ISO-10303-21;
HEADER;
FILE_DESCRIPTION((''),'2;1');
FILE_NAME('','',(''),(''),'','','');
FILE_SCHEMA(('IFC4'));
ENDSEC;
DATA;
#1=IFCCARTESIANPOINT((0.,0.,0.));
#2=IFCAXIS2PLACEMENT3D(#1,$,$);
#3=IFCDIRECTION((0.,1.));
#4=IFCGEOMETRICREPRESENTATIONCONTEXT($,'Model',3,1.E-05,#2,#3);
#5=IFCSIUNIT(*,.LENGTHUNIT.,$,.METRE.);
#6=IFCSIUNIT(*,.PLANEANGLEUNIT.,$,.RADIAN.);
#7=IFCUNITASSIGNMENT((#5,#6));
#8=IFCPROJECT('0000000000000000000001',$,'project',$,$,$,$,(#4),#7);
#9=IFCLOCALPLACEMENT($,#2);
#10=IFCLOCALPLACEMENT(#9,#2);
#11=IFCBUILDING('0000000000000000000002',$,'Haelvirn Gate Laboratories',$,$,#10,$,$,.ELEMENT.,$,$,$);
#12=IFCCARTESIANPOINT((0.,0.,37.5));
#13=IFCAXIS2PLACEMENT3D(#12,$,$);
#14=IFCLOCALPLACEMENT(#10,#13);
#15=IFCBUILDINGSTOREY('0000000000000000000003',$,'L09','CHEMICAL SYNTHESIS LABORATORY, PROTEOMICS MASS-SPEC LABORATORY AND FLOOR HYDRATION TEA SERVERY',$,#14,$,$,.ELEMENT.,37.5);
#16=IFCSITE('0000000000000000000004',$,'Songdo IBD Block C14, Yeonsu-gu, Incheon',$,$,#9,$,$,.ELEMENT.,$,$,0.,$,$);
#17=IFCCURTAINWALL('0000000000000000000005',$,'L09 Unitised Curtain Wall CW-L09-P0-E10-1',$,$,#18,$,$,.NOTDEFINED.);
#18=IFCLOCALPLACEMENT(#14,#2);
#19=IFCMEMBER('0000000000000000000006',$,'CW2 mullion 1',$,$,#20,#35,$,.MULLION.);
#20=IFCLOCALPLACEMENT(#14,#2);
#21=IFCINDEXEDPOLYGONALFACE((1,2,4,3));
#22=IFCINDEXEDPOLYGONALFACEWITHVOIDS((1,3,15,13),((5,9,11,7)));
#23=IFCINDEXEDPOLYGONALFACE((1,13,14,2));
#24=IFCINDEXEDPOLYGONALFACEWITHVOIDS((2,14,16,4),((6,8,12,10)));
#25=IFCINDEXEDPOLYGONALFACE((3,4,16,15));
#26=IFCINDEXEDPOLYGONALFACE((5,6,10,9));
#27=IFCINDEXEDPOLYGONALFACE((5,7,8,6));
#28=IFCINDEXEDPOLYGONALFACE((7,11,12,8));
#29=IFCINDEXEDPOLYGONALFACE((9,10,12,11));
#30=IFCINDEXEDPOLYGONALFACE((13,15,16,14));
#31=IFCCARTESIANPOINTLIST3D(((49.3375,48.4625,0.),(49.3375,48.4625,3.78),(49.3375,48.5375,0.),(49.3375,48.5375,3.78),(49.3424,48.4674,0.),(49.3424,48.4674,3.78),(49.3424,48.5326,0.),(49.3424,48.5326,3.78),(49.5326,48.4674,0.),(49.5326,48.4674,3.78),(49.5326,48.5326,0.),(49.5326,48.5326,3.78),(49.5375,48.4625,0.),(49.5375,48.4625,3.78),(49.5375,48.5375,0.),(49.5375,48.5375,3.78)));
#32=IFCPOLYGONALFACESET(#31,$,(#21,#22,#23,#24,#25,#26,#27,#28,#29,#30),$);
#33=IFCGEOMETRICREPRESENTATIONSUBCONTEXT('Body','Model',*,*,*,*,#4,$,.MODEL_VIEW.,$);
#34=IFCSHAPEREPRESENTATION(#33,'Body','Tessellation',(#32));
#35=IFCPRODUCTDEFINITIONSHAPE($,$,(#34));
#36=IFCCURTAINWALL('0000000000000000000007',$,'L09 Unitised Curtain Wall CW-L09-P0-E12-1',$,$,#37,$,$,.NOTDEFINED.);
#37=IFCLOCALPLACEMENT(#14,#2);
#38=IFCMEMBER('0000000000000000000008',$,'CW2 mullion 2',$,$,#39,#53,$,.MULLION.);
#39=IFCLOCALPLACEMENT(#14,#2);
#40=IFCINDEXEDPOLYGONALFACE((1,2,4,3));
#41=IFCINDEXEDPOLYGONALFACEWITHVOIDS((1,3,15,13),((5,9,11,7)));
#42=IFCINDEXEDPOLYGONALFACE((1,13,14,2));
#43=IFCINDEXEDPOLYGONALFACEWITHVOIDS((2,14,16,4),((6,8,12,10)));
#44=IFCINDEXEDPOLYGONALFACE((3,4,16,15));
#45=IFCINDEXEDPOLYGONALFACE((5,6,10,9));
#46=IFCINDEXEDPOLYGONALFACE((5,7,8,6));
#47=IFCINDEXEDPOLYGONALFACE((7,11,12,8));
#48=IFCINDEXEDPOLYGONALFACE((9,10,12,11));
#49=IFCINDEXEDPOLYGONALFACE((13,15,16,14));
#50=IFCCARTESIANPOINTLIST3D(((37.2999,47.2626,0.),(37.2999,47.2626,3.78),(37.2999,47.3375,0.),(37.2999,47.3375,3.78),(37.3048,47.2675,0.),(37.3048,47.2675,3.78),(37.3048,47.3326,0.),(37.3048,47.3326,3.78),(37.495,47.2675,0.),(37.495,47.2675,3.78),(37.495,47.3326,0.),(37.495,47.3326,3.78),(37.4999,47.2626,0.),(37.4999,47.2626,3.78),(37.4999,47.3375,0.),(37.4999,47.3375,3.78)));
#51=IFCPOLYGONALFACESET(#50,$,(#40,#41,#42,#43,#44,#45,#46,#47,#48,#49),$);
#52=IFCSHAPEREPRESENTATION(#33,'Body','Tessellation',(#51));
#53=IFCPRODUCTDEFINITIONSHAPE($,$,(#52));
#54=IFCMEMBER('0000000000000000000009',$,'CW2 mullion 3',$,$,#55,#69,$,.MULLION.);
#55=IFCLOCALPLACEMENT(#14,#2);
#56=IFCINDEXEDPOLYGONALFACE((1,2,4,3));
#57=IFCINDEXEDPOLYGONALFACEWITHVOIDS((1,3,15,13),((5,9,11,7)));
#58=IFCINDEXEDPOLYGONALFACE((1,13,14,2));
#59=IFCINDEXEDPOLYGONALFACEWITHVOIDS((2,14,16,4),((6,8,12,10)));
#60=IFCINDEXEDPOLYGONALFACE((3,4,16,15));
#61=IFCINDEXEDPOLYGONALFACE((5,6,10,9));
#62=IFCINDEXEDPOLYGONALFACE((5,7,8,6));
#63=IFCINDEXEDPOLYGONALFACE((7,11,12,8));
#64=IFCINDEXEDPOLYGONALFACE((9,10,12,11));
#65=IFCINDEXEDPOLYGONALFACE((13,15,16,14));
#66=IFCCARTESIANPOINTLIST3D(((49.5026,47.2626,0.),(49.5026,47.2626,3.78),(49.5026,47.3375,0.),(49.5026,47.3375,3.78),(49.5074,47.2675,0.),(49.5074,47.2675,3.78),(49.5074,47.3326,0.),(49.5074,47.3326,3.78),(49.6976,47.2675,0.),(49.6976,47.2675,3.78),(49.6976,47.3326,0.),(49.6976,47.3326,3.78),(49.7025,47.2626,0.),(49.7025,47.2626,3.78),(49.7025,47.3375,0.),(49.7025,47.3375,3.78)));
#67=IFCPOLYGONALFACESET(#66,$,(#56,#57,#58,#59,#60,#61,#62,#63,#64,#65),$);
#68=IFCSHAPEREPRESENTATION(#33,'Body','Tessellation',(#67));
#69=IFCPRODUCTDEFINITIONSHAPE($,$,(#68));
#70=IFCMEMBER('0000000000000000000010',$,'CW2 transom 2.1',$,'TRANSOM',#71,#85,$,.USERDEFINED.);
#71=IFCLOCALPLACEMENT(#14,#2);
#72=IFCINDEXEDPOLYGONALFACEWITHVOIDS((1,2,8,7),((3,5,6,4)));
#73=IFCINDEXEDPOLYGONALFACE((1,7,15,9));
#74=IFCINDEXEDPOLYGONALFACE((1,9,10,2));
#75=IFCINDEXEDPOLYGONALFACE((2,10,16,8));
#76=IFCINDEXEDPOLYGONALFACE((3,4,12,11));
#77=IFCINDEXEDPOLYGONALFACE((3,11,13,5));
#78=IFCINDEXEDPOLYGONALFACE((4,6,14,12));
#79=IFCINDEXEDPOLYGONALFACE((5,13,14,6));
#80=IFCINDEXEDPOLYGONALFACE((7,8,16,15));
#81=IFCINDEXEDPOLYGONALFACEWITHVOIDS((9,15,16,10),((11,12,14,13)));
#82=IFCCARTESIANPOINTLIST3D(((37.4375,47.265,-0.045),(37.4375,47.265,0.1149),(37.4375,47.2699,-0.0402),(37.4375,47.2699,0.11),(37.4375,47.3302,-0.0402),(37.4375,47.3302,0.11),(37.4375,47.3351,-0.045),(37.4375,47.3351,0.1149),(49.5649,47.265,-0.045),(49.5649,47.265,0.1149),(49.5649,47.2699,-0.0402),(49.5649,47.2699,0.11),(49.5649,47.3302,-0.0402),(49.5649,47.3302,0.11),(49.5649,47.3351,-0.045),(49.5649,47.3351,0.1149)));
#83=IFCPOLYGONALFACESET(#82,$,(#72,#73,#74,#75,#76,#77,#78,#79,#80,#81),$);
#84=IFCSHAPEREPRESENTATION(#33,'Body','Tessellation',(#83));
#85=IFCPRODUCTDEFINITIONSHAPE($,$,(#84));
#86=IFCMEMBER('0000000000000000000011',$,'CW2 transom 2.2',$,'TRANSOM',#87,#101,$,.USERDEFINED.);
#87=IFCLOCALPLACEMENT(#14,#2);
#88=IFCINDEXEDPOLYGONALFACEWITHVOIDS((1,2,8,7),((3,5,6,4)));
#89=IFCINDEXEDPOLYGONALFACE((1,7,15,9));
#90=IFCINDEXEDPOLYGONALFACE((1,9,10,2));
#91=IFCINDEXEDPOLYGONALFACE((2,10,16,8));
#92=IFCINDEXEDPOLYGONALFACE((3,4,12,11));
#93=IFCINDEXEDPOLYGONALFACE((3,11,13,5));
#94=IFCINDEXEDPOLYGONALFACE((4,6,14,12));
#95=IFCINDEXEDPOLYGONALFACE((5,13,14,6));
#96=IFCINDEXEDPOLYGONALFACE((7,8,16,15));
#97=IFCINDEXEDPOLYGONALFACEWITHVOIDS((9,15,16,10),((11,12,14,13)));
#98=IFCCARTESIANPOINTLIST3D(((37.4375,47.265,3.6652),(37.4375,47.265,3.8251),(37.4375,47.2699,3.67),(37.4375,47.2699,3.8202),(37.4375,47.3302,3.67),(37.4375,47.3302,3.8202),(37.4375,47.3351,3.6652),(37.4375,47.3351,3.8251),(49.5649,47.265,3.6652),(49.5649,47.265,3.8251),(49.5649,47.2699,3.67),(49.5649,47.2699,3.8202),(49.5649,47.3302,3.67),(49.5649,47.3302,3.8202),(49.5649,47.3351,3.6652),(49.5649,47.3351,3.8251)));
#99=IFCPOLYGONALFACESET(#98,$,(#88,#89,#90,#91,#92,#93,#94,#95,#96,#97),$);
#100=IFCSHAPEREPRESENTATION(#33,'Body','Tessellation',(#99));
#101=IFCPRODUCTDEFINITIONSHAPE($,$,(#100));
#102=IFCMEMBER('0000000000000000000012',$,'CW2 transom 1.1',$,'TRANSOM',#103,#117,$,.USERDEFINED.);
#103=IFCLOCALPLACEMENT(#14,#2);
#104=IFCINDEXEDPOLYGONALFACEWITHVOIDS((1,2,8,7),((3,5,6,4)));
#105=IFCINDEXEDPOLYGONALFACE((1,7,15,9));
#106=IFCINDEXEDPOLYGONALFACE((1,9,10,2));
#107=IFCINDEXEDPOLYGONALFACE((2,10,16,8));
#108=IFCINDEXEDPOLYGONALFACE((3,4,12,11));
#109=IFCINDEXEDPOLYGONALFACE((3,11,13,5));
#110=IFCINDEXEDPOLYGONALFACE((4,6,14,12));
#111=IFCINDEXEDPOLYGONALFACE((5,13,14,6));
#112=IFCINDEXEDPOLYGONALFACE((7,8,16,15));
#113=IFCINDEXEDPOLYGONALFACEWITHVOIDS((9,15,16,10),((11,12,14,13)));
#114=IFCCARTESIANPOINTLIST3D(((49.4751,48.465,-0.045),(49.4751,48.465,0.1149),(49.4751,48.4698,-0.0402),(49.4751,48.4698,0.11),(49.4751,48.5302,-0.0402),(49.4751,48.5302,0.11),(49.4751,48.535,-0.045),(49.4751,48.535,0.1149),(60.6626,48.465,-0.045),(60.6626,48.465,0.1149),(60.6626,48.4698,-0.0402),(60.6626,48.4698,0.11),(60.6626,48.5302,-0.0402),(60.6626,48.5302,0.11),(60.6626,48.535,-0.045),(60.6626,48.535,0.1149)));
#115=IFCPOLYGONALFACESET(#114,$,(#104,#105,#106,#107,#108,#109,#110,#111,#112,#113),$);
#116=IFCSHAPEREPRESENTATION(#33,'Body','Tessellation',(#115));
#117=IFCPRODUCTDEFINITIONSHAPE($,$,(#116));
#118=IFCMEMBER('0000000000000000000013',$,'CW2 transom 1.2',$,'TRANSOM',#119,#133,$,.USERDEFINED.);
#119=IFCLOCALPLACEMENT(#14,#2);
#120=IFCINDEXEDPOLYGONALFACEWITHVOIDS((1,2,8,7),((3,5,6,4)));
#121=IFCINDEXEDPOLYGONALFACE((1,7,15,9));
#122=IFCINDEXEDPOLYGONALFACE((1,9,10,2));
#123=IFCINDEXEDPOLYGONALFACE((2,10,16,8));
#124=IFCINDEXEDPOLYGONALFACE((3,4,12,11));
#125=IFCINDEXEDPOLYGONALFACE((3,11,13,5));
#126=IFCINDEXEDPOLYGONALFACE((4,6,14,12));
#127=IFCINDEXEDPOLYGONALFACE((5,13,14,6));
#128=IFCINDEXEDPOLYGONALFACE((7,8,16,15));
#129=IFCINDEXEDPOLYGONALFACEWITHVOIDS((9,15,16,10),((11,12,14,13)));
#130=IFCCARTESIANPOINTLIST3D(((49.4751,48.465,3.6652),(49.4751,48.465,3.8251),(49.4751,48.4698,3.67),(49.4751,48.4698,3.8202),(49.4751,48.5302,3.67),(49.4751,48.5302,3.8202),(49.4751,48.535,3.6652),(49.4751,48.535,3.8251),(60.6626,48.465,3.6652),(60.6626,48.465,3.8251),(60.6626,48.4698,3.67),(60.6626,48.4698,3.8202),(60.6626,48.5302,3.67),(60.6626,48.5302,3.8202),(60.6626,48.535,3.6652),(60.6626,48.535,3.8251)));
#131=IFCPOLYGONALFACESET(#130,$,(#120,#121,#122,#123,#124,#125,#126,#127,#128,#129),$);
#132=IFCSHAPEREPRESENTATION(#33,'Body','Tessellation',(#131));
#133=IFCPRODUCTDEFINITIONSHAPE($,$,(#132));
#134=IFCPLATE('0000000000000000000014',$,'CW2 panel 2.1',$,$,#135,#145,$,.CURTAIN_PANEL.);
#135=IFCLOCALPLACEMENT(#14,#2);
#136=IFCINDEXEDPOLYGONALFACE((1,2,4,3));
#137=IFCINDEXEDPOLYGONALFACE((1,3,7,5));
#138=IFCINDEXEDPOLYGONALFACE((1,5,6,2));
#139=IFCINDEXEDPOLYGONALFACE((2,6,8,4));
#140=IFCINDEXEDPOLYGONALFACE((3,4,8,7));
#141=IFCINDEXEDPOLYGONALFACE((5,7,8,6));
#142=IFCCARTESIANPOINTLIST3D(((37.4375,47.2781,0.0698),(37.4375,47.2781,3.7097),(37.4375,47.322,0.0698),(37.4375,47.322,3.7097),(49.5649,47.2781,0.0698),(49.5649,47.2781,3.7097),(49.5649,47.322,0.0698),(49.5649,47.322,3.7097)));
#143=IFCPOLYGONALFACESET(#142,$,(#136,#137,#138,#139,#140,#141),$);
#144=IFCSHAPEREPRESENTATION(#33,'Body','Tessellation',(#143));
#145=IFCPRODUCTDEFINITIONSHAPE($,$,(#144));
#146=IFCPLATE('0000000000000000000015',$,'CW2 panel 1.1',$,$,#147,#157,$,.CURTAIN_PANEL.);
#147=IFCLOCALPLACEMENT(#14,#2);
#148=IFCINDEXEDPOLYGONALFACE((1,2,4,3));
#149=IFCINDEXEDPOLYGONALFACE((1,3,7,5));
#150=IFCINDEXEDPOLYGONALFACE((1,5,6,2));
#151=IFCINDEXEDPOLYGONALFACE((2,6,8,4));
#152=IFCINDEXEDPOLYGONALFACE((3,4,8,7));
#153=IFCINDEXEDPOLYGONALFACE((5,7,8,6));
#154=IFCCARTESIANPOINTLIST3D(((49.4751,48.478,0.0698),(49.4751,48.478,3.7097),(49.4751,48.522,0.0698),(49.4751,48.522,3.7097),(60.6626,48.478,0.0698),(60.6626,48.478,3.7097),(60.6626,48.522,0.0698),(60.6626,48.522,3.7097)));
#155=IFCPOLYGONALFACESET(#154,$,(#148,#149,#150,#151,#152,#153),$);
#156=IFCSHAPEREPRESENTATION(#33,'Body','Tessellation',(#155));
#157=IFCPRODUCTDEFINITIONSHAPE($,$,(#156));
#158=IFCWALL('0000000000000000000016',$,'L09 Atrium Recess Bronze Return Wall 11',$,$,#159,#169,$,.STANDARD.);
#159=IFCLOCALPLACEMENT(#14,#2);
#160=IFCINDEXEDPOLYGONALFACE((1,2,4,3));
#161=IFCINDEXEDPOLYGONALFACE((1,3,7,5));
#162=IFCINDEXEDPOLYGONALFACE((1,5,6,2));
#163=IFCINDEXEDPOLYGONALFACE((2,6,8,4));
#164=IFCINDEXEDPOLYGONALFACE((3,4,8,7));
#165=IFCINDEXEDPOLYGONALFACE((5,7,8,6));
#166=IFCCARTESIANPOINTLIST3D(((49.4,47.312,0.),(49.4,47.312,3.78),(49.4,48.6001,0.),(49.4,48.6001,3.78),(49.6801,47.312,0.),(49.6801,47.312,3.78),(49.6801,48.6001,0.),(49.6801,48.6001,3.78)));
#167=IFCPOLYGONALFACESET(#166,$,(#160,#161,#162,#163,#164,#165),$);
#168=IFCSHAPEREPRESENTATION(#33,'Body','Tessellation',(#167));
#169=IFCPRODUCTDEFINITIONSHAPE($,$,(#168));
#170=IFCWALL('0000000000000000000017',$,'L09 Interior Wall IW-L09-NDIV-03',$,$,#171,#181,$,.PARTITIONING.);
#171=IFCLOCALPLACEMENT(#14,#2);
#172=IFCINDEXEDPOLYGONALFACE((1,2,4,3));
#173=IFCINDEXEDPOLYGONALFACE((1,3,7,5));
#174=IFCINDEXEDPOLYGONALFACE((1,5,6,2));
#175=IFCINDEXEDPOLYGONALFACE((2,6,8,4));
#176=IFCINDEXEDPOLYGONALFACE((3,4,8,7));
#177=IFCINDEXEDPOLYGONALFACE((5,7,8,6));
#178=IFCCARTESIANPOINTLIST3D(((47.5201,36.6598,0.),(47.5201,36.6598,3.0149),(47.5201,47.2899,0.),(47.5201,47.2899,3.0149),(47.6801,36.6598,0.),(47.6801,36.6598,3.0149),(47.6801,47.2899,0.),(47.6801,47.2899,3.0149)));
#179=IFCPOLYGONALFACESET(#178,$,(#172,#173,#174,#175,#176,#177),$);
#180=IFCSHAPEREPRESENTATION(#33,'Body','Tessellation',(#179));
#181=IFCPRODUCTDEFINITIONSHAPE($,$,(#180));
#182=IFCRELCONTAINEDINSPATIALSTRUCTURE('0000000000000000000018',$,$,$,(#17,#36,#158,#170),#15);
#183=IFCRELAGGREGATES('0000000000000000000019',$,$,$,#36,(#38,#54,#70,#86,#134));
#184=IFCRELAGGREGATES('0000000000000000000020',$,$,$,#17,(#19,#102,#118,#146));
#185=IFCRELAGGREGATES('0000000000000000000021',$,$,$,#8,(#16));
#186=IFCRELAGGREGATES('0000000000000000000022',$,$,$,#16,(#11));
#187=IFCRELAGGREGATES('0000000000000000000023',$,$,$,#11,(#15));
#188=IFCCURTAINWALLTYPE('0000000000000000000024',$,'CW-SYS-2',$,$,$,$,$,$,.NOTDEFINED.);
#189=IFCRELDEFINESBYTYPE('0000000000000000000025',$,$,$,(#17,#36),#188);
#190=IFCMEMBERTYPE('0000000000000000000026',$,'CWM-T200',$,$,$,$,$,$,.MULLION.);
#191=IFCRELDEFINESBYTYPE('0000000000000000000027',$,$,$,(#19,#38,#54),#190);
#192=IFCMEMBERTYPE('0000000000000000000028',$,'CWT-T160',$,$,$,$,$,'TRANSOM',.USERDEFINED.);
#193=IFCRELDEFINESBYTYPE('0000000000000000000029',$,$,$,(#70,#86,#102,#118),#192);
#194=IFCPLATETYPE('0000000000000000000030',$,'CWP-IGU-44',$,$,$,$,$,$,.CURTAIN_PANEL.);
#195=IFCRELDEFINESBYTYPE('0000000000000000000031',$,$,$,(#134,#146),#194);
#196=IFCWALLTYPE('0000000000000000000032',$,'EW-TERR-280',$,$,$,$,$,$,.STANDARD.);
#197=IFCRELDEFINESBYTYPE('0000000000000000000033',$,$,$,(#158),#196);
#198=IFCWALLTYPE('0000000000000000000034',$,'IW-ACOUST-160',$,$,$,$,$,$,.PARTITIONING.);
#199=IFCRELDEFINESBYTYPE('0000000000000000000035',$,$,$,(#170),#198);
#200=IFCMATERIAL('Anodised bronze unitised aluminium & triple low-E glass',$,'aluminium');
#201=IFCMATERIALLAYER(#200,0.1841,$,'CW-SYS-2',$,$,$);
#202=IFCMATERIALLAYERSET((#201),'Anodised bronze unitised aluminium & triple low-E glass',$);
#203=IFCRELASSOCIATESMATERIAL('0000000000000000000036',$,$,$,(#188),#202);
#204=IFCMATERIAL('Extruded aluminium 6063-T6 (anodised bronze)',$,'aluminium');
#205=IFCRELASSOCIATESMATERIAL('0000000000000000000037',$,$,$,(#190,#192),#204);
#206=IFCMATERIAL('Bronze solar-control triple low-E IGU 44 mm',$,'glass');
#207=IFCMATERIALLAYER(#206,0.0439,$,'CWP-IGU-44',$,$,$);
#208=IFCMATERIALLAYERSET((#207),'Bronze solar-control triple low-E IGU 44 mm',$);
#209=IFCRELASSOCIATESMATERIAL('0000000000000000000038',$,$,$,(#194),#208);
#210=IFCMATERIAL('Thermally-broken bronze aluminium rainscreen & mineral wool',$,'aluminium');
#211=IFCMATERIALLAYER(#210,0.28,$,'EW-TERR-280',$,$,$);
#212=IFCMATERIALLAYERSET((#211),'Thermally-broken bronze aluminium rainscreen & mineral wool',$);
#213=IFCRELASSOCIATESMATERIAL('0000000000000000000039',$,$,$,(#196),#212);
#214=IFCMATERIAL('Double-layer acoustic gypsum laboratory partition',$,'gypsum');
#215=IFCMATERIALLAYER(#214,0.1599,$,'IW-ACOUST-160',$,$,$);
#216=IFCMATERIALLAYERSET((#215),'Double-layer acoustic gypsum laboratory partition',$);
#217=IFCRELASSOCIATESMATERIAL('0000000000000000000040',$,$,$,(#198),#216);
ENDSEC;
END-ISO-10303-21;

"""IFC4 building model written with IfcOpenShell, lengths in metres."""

from ifc_helpers import new_model, si_unit, direction, frame, frame_2d, origin, origin_2d, place, context, subcontext, project, spatial, rectangle, hollow_rectangle, extrude, source, transform, mapped, material, layer, layer_set, material_profile, profile_set, type_object, type_shapes, element, aggregate, save


model = new_model("IFC4")

# Units and contexts
model_context = context("Model", 3, precision=1e-05, world=origin(), true_north=direction((0.0, 1.0)))
body_context = subcontext(model_context, "Body", "Model", "MODEL_VIEW")
ifc_project = project(units=[si_unit("LENGTHUNIT", "METRE"), si_unit("PLANEANGLEUNIT", "RADIAN")], contexts=[model_context])

# Site, building, storey
site_placement = place(None, origin())
site = spatial("IfcSite", under=ifc_project, at=site_placement, Name="Songdo IBD Block C14, Yeonsu-gu, Incheon", CompositionType="ELEMENT", RefElevation=0.0)
building_placement = place(site_placement, origin())
building = spatial("IfcBuilding", under=site, at=building_placement, Name="Haelvirn Gate Laboratories", CompositionType="ELEMENT")
storey_placement = place(building_placement, frame((0.0, 0.0, 37.5)))
storey = spatial("IfcBuildingStorey", under=building, at=storey_placement, Name="L09", Description="CHEMICAL SYNTHESIS LABORATORY, PROTEOMICS MASS-SPEC LABORATORY AND FLOOR HYDRATION TEA SERVERY", CompositionType="ELEMENT", Elevation=37.5)

# Curtain wall, member
ifc_material_1 = material(Name="Anodised bronze unitised aluminium & triple low-E glass", Category="aluminium")
ifc_layer_1 = layer(ifc_material_1, 0.1841, Name="CW-SYS-2")
ifc_layer_set_1 = layer_set([ifc_layer_1], Name="Anodised bronze unitised aluminium & triple low-E glass")
curtain_wall_type = type_object("IfcCurtainWallType", Name="CW-SYS-2", PredefinedType="NOTDEFINED", material=ifc_layer_set_1)
curtain_wall_1_placement = place(storey_placement, origin())
curtain_wall_1 = element("IfcCurtainWall", 1, at=curtain_wall_1_placement, inside=storey, type_object=curtain_wall_type, Name="L09 Unitised Curtain Wall CW-L09-P0-E10-1", PredefinedType="NOTDEFINED")
ifc_material_2 = material(Name="Extruded aluminium 6063-T6 (anodised bronze)", Category="aluminium")
ifc_material_profile_1 = material_profile(ifc_material_2, hollow_rectangle(XDim=0.075, YDim=0.2, WallThickness=0.0049, at=origin_2d()), Name="CWM-200x75x5")
ifc_profile_set_1 = profile_set([ifc_material_profile_1], Name="Extruded aluminium 6063-T6 (anodised bronze)")
member_type_1 = type_object("IfcMemberType", Name="CWM-T200", PredefinedType="MULLION", material=ifc_profile_set_1)
shared_shape_1 = source(origin(), body_context, "Body", "SweptSolid", [
    extrude(hollow_rectangle(XDim=0.075, YDim=0.2, WallThickness=0.0049, at=origin_2d()), origin(), (0.0, 0.0, 1.0), 3.78),
])
type_shapes(member_type_1, [shared_shape_1])
member_1_placement = place(storey_placement, frame((49.4375, 48.5, 0.0), z_axis=(0.0, 0.0, 1.0), x_axis=(0.0, 1.0, 0.0)))
member_1 = element("IfcMember", 2, at=member_1_placement, type_object=member_type_1, Name="CW2 mullion 1", PredefinedType="MULLION", context=body_context, shape_type="MappedRepresentation", body=[
    mapped(shared_shape_1, transform((0.0, 0.0, 0.0), scale=1.0)),
])

# Curtain wall, members
curtain_wall_2_placement = place(storey_placement, origin())
curtain_wall_2 = element("IfcCurtainWall", 3, at=curtain_wall_2_placement, inside=storey, type_object=curtain_wall_type, Name="L09 Unitised Curtain Wall CW-L09-P0-E12-1", PredefinedType="NOTDEFINED")
member_2_placement = place(storey_placement, frame((37.3999, 47.3, 0.0), z_axis=(0.0, 0.0, 1.0), x_axis=(0.0, 1.0, 0.0)))
member_2 = element("IfcMember", 4, at=member_2_placement, type_object=member_type_1, Name="CW2 mullion 2", PredefinedType="MULLION", context=body_context, shape_type="MappedRepresentation", body=[
    mapped(shared_shape_1, transform((0.0, 0.0, 0.0), scale=1.0)),
])
member_3_placement = place(storey_placement, frame((49.6025, 47.3, 0.0), z_axis=(0.0, 0.0, 1.0), x_axis=(0.0, 1.0, 0.0)))
member_3 = element("IfcMember", 5, at=member_3_placement, type_object=member_type_1, Name="CW2 mullion 3", PredefinedType="MULLION", context=body_context, shape_type="MappedRepresentation", body=[
    mapped(shared_shape_1, transform((0.0, 0.0, 0.0), scale=1.0)),
])
ifc_material_profile_2 = material_profile(ifc_material_2, hollow_rectangle(XDim=0.0701, YDim=0.1599, WallThickness=0.0049, at=origin_2d()), Name="CWT-160x70x5")
ifc_profile_set_2 = profile_set([ifc_material_profile_2], Name="Extruded aluminium 6063-T6 (anodised bronze)")
member_type_2 = type_object("IfcMemberType", Name="CWT-T160", ElementType="TRANSOM", PredefinedType="USERDEFINED", material=ifc_profile_set_2)
shared_shape_2 = source(origin(), body_context, "Body", "SweptSolid", [
    extrude(hollow_rectangle(XDim=0.0701, YDim=0.1599, WallThickness=0.0049, at=origin_2d()), origin(), (0.0, 0.0, 1.0), 12.1274),
])
member_4_placement = place(storey_placement, frame((37.4375, 47.3, 0.0349), z_axis=(1.0, 0.0, 0.0), x_axis=(0.0, 1.0, 0.0)))
member_4 = element("IfcMember", 6, at=member_4_placement, type_object=member_type_2, Name="CW2 transom 2.1", ObjectType="TRANSOM", PredefinedType="USERDEFINED", context=body_context, shape_type="MappedRepresentation", body=[
    mapped(shared_shape_2, transform((0.0, 0.0, 0.0), scale=1.0)),
])
member_5_placement = place(storey_placement, frame((37.4375, 47.3, 3.7451), z_axis=(1.0, 0.0, 0.0), x_axis=(0.0, 1.0, 0.0)))
member_5 = element("IfcMember", 7, at=member_5_placement, type_object=member_type_2, Name="CW2 transom 2.2", ObjectType="TRANSOM", PredefinedType="USERDEFINED", context=body_context, shape_type="MappedRepresentation", body=[
    mapped(shared_shape_2, transform((0.0, 0.0, 0.0), scale=1.0)),
])

# Members
shared_shape_3 = source(origin(), body_context, "Body", "SweptSolid", [
    extrude(hollow_rectangle(XDim=0.0701, YDim=0.1599, WallThickness=0.0049, at=origin_2d()), origin(), (0.0, 0.0, 1.0), 11.1875),
])
type_shapes(member_type_2, [shared_shape_2, shared_shape_3])
member_6_placement = place(storey_placement, frame((49.4751, 48.5, 0.0349), z_axis=(1.0, 0.0, 0.0), x_axis=(0.0, 1.0, 0.0)))
member_6 = element("IfcMember", 8, at=member_6_placement, type_object=member_type_2, Name="CW2 transom 1.1", ObjectType="TRANSOM", PredefinedType="USERDEFINED", context=body_context, shape_type="MappedRepresentation", body=[
    mapped(shared_shape_3, transform((0.0, 0.0, 0.0), scale=1.0)),
])
member_7_placement = place(storey_placement, frame((49.4751, 48.5, 3.7451), z_axis=(1.0, 0.0, 0.0), x_axis=(0.0, 1.0, 0.0)))
member_7 = element("IfcMember", 9, at=member_7_placement, type_object=member_type_2, Name="CW2 transom 1.2", ObjectType="TRANSOM", PredefinedType="USERDEFINED", context=body_context, shape_type="MappedRepresentation", body=[
    mapped(shared_shape_3, transform((0.0, 0.0, 0.0), scale=1.0)),
])

# Plates
ifc_material_3 = material(Name="Bronze solar-control triple low-E IGU 44 mm", Category="glass")
ifc_layer_2 = layer(ifc_material_3, 0.0439, Name="CWP-IGU-44")
ifc_layer_set_2 = layer_set([ifc_layer_2], Name="Bronze solar-control triple low-E IGU 44 mm")
plate_type = type_object("IfcPlateType", Name="CWP-IGU-44", PredefinedType="CURTAIN_PANEL", material=ifc_layer_set_2)
shared_shape_4 = source(origin(), body_context, "Body", "SweptSolid", [
    extrude(rectangle(XDim=12.1274, YDim=0.0439, at=origin_2d()), origin(), (0.0, 0.0, 1.0), 3.6399),
])
plate_1_placement = place(storey_placement, frame((43.5012, 47.3, 0.0698), z_axis=(0.0, 0.0, 1.0), x_axis=(1.0, 0.0, 0.0)))
plate_1 = element("IfcPlate", 10, at=plate_1_placement, type_object=plate_type, Name="CW2 panel 2.1", PredefinedType="CURTAIN_PANEL", context=body_context, shape_type="MappedRepresentation", body=[
    mapped(shared_shape_4, transform((0.0, 0.0, 0.0), scale=1.0)),
])
aggregate(curtain_wall_2, [member_2, member_3, member_4, member_5, plate_1])
shared_shape_5 = source(origin(), body_context, "Body", "SweptSolid", [
    extrude(rectangle(XDim=11.1875, YDim=0.0439, at=origin_2d()), origin(), (0.0, 0.0, 1.0), 3.6399),
])
type_shapes(plate_type, [shared_shape_4, shared_shape_5])
plate_2_placement = place(storey_placement, frame((55.0688, 48.5, 0.0698), z_axis=(0.0, 0.0, 1.0), x_axis=(1.0, 0.0, 0.0)))
plate_2 = element("IfcPlate", 11, at=plate_2_placement, type_object=plate_type, Name="CW2 panel 1.1", PredefinedType="CURTAIN_PANEL", context=body_context, shape_type="MappedRepresentation", body=[
    mapped(shared_shape_5, transform((0.0, 0.0, 0.0), scale=1.0)),
])
aggregate(curtain_wall_1, [member_1, member_6, member_7, plate_2])

# Walls
ifc_material_4 = material(Name="Thermally-broken bronze aluminium rainscreen & mineral wool", Category="aluminium")
ifc_layer_3 = layer(ifc_material_4, 0.28, Name="EW-TERR-280")
ifc_layer_set_3 = layer_set([ifc_layer_3], Name="Thermally-broken bronze aluminium rainscreen & mineral wool")
wall_type_1 = type_object("IfcWallType", Name="EW-TERR-280", PredefinedType="STANDARD", material=ifc_layer_set_3)
wall_1_placement = place(storey_placement, frame((49.54, 48.6001, 0.0), z_axis=(0.0, 0.0, 1.0), x_axis=(0.0, -1.0, 0.0)))
element("IfcWall", 12, at=wall_1_placement, inside=storey, type_object=wall_type_1, Name="L09 Atrium Recess Bronze Return Wall 11", PredefinedType="STANDARD", context=body_context, shape_type="SweptSolid", body=[
    extrude(rectangle(XDim=1.2881, YDim=0.28, at=frame_2d((0.644, 0.0))), origin(), (0.0, 0.0, 1.0), 3.78),
])
ifc_material_5 = material(Name="Double-layer acoustic gypsum laboratory partition", Category="gypsum")
ifc_layer_4 = layer(ifc_material_5, 0.1599, Name="IW-ACOUST-160")
ifc_layer_set_4 = layer_set([ifc_layer_4], Name="Double-layer acoustic gypsum laboratory partition")
wall_type_2 = type_object("IfcWallType", Name="IW-ACOUST-160", PredefinedType="PARTITIONING", material=ifc_layer_set_4)
wall_2_placement = place(storey_placement, frame((47.6001, 36.6599, 0.0), z_axis=(0.0, 0.0, 1.0), x_axis=(0.0, 1.0, 0.0)))
element("IfcWall", 13, at=wall_2_placement, inside=storey, type_object=wall_type_2, Name="L09 Interior Wall IW-L09-NDIV-03", PredefinedType="PARTITIONING", context=body_context, shape_type="SweptSolid", body=[
    extrude(rectangle(XDim=10.6301, YDim=0.1599, at=frame_2d((5.3149, 0.0))), origin(), (0.0, 0.0, 1.0), 3.0149),
])

save(model, "model.ifc")
